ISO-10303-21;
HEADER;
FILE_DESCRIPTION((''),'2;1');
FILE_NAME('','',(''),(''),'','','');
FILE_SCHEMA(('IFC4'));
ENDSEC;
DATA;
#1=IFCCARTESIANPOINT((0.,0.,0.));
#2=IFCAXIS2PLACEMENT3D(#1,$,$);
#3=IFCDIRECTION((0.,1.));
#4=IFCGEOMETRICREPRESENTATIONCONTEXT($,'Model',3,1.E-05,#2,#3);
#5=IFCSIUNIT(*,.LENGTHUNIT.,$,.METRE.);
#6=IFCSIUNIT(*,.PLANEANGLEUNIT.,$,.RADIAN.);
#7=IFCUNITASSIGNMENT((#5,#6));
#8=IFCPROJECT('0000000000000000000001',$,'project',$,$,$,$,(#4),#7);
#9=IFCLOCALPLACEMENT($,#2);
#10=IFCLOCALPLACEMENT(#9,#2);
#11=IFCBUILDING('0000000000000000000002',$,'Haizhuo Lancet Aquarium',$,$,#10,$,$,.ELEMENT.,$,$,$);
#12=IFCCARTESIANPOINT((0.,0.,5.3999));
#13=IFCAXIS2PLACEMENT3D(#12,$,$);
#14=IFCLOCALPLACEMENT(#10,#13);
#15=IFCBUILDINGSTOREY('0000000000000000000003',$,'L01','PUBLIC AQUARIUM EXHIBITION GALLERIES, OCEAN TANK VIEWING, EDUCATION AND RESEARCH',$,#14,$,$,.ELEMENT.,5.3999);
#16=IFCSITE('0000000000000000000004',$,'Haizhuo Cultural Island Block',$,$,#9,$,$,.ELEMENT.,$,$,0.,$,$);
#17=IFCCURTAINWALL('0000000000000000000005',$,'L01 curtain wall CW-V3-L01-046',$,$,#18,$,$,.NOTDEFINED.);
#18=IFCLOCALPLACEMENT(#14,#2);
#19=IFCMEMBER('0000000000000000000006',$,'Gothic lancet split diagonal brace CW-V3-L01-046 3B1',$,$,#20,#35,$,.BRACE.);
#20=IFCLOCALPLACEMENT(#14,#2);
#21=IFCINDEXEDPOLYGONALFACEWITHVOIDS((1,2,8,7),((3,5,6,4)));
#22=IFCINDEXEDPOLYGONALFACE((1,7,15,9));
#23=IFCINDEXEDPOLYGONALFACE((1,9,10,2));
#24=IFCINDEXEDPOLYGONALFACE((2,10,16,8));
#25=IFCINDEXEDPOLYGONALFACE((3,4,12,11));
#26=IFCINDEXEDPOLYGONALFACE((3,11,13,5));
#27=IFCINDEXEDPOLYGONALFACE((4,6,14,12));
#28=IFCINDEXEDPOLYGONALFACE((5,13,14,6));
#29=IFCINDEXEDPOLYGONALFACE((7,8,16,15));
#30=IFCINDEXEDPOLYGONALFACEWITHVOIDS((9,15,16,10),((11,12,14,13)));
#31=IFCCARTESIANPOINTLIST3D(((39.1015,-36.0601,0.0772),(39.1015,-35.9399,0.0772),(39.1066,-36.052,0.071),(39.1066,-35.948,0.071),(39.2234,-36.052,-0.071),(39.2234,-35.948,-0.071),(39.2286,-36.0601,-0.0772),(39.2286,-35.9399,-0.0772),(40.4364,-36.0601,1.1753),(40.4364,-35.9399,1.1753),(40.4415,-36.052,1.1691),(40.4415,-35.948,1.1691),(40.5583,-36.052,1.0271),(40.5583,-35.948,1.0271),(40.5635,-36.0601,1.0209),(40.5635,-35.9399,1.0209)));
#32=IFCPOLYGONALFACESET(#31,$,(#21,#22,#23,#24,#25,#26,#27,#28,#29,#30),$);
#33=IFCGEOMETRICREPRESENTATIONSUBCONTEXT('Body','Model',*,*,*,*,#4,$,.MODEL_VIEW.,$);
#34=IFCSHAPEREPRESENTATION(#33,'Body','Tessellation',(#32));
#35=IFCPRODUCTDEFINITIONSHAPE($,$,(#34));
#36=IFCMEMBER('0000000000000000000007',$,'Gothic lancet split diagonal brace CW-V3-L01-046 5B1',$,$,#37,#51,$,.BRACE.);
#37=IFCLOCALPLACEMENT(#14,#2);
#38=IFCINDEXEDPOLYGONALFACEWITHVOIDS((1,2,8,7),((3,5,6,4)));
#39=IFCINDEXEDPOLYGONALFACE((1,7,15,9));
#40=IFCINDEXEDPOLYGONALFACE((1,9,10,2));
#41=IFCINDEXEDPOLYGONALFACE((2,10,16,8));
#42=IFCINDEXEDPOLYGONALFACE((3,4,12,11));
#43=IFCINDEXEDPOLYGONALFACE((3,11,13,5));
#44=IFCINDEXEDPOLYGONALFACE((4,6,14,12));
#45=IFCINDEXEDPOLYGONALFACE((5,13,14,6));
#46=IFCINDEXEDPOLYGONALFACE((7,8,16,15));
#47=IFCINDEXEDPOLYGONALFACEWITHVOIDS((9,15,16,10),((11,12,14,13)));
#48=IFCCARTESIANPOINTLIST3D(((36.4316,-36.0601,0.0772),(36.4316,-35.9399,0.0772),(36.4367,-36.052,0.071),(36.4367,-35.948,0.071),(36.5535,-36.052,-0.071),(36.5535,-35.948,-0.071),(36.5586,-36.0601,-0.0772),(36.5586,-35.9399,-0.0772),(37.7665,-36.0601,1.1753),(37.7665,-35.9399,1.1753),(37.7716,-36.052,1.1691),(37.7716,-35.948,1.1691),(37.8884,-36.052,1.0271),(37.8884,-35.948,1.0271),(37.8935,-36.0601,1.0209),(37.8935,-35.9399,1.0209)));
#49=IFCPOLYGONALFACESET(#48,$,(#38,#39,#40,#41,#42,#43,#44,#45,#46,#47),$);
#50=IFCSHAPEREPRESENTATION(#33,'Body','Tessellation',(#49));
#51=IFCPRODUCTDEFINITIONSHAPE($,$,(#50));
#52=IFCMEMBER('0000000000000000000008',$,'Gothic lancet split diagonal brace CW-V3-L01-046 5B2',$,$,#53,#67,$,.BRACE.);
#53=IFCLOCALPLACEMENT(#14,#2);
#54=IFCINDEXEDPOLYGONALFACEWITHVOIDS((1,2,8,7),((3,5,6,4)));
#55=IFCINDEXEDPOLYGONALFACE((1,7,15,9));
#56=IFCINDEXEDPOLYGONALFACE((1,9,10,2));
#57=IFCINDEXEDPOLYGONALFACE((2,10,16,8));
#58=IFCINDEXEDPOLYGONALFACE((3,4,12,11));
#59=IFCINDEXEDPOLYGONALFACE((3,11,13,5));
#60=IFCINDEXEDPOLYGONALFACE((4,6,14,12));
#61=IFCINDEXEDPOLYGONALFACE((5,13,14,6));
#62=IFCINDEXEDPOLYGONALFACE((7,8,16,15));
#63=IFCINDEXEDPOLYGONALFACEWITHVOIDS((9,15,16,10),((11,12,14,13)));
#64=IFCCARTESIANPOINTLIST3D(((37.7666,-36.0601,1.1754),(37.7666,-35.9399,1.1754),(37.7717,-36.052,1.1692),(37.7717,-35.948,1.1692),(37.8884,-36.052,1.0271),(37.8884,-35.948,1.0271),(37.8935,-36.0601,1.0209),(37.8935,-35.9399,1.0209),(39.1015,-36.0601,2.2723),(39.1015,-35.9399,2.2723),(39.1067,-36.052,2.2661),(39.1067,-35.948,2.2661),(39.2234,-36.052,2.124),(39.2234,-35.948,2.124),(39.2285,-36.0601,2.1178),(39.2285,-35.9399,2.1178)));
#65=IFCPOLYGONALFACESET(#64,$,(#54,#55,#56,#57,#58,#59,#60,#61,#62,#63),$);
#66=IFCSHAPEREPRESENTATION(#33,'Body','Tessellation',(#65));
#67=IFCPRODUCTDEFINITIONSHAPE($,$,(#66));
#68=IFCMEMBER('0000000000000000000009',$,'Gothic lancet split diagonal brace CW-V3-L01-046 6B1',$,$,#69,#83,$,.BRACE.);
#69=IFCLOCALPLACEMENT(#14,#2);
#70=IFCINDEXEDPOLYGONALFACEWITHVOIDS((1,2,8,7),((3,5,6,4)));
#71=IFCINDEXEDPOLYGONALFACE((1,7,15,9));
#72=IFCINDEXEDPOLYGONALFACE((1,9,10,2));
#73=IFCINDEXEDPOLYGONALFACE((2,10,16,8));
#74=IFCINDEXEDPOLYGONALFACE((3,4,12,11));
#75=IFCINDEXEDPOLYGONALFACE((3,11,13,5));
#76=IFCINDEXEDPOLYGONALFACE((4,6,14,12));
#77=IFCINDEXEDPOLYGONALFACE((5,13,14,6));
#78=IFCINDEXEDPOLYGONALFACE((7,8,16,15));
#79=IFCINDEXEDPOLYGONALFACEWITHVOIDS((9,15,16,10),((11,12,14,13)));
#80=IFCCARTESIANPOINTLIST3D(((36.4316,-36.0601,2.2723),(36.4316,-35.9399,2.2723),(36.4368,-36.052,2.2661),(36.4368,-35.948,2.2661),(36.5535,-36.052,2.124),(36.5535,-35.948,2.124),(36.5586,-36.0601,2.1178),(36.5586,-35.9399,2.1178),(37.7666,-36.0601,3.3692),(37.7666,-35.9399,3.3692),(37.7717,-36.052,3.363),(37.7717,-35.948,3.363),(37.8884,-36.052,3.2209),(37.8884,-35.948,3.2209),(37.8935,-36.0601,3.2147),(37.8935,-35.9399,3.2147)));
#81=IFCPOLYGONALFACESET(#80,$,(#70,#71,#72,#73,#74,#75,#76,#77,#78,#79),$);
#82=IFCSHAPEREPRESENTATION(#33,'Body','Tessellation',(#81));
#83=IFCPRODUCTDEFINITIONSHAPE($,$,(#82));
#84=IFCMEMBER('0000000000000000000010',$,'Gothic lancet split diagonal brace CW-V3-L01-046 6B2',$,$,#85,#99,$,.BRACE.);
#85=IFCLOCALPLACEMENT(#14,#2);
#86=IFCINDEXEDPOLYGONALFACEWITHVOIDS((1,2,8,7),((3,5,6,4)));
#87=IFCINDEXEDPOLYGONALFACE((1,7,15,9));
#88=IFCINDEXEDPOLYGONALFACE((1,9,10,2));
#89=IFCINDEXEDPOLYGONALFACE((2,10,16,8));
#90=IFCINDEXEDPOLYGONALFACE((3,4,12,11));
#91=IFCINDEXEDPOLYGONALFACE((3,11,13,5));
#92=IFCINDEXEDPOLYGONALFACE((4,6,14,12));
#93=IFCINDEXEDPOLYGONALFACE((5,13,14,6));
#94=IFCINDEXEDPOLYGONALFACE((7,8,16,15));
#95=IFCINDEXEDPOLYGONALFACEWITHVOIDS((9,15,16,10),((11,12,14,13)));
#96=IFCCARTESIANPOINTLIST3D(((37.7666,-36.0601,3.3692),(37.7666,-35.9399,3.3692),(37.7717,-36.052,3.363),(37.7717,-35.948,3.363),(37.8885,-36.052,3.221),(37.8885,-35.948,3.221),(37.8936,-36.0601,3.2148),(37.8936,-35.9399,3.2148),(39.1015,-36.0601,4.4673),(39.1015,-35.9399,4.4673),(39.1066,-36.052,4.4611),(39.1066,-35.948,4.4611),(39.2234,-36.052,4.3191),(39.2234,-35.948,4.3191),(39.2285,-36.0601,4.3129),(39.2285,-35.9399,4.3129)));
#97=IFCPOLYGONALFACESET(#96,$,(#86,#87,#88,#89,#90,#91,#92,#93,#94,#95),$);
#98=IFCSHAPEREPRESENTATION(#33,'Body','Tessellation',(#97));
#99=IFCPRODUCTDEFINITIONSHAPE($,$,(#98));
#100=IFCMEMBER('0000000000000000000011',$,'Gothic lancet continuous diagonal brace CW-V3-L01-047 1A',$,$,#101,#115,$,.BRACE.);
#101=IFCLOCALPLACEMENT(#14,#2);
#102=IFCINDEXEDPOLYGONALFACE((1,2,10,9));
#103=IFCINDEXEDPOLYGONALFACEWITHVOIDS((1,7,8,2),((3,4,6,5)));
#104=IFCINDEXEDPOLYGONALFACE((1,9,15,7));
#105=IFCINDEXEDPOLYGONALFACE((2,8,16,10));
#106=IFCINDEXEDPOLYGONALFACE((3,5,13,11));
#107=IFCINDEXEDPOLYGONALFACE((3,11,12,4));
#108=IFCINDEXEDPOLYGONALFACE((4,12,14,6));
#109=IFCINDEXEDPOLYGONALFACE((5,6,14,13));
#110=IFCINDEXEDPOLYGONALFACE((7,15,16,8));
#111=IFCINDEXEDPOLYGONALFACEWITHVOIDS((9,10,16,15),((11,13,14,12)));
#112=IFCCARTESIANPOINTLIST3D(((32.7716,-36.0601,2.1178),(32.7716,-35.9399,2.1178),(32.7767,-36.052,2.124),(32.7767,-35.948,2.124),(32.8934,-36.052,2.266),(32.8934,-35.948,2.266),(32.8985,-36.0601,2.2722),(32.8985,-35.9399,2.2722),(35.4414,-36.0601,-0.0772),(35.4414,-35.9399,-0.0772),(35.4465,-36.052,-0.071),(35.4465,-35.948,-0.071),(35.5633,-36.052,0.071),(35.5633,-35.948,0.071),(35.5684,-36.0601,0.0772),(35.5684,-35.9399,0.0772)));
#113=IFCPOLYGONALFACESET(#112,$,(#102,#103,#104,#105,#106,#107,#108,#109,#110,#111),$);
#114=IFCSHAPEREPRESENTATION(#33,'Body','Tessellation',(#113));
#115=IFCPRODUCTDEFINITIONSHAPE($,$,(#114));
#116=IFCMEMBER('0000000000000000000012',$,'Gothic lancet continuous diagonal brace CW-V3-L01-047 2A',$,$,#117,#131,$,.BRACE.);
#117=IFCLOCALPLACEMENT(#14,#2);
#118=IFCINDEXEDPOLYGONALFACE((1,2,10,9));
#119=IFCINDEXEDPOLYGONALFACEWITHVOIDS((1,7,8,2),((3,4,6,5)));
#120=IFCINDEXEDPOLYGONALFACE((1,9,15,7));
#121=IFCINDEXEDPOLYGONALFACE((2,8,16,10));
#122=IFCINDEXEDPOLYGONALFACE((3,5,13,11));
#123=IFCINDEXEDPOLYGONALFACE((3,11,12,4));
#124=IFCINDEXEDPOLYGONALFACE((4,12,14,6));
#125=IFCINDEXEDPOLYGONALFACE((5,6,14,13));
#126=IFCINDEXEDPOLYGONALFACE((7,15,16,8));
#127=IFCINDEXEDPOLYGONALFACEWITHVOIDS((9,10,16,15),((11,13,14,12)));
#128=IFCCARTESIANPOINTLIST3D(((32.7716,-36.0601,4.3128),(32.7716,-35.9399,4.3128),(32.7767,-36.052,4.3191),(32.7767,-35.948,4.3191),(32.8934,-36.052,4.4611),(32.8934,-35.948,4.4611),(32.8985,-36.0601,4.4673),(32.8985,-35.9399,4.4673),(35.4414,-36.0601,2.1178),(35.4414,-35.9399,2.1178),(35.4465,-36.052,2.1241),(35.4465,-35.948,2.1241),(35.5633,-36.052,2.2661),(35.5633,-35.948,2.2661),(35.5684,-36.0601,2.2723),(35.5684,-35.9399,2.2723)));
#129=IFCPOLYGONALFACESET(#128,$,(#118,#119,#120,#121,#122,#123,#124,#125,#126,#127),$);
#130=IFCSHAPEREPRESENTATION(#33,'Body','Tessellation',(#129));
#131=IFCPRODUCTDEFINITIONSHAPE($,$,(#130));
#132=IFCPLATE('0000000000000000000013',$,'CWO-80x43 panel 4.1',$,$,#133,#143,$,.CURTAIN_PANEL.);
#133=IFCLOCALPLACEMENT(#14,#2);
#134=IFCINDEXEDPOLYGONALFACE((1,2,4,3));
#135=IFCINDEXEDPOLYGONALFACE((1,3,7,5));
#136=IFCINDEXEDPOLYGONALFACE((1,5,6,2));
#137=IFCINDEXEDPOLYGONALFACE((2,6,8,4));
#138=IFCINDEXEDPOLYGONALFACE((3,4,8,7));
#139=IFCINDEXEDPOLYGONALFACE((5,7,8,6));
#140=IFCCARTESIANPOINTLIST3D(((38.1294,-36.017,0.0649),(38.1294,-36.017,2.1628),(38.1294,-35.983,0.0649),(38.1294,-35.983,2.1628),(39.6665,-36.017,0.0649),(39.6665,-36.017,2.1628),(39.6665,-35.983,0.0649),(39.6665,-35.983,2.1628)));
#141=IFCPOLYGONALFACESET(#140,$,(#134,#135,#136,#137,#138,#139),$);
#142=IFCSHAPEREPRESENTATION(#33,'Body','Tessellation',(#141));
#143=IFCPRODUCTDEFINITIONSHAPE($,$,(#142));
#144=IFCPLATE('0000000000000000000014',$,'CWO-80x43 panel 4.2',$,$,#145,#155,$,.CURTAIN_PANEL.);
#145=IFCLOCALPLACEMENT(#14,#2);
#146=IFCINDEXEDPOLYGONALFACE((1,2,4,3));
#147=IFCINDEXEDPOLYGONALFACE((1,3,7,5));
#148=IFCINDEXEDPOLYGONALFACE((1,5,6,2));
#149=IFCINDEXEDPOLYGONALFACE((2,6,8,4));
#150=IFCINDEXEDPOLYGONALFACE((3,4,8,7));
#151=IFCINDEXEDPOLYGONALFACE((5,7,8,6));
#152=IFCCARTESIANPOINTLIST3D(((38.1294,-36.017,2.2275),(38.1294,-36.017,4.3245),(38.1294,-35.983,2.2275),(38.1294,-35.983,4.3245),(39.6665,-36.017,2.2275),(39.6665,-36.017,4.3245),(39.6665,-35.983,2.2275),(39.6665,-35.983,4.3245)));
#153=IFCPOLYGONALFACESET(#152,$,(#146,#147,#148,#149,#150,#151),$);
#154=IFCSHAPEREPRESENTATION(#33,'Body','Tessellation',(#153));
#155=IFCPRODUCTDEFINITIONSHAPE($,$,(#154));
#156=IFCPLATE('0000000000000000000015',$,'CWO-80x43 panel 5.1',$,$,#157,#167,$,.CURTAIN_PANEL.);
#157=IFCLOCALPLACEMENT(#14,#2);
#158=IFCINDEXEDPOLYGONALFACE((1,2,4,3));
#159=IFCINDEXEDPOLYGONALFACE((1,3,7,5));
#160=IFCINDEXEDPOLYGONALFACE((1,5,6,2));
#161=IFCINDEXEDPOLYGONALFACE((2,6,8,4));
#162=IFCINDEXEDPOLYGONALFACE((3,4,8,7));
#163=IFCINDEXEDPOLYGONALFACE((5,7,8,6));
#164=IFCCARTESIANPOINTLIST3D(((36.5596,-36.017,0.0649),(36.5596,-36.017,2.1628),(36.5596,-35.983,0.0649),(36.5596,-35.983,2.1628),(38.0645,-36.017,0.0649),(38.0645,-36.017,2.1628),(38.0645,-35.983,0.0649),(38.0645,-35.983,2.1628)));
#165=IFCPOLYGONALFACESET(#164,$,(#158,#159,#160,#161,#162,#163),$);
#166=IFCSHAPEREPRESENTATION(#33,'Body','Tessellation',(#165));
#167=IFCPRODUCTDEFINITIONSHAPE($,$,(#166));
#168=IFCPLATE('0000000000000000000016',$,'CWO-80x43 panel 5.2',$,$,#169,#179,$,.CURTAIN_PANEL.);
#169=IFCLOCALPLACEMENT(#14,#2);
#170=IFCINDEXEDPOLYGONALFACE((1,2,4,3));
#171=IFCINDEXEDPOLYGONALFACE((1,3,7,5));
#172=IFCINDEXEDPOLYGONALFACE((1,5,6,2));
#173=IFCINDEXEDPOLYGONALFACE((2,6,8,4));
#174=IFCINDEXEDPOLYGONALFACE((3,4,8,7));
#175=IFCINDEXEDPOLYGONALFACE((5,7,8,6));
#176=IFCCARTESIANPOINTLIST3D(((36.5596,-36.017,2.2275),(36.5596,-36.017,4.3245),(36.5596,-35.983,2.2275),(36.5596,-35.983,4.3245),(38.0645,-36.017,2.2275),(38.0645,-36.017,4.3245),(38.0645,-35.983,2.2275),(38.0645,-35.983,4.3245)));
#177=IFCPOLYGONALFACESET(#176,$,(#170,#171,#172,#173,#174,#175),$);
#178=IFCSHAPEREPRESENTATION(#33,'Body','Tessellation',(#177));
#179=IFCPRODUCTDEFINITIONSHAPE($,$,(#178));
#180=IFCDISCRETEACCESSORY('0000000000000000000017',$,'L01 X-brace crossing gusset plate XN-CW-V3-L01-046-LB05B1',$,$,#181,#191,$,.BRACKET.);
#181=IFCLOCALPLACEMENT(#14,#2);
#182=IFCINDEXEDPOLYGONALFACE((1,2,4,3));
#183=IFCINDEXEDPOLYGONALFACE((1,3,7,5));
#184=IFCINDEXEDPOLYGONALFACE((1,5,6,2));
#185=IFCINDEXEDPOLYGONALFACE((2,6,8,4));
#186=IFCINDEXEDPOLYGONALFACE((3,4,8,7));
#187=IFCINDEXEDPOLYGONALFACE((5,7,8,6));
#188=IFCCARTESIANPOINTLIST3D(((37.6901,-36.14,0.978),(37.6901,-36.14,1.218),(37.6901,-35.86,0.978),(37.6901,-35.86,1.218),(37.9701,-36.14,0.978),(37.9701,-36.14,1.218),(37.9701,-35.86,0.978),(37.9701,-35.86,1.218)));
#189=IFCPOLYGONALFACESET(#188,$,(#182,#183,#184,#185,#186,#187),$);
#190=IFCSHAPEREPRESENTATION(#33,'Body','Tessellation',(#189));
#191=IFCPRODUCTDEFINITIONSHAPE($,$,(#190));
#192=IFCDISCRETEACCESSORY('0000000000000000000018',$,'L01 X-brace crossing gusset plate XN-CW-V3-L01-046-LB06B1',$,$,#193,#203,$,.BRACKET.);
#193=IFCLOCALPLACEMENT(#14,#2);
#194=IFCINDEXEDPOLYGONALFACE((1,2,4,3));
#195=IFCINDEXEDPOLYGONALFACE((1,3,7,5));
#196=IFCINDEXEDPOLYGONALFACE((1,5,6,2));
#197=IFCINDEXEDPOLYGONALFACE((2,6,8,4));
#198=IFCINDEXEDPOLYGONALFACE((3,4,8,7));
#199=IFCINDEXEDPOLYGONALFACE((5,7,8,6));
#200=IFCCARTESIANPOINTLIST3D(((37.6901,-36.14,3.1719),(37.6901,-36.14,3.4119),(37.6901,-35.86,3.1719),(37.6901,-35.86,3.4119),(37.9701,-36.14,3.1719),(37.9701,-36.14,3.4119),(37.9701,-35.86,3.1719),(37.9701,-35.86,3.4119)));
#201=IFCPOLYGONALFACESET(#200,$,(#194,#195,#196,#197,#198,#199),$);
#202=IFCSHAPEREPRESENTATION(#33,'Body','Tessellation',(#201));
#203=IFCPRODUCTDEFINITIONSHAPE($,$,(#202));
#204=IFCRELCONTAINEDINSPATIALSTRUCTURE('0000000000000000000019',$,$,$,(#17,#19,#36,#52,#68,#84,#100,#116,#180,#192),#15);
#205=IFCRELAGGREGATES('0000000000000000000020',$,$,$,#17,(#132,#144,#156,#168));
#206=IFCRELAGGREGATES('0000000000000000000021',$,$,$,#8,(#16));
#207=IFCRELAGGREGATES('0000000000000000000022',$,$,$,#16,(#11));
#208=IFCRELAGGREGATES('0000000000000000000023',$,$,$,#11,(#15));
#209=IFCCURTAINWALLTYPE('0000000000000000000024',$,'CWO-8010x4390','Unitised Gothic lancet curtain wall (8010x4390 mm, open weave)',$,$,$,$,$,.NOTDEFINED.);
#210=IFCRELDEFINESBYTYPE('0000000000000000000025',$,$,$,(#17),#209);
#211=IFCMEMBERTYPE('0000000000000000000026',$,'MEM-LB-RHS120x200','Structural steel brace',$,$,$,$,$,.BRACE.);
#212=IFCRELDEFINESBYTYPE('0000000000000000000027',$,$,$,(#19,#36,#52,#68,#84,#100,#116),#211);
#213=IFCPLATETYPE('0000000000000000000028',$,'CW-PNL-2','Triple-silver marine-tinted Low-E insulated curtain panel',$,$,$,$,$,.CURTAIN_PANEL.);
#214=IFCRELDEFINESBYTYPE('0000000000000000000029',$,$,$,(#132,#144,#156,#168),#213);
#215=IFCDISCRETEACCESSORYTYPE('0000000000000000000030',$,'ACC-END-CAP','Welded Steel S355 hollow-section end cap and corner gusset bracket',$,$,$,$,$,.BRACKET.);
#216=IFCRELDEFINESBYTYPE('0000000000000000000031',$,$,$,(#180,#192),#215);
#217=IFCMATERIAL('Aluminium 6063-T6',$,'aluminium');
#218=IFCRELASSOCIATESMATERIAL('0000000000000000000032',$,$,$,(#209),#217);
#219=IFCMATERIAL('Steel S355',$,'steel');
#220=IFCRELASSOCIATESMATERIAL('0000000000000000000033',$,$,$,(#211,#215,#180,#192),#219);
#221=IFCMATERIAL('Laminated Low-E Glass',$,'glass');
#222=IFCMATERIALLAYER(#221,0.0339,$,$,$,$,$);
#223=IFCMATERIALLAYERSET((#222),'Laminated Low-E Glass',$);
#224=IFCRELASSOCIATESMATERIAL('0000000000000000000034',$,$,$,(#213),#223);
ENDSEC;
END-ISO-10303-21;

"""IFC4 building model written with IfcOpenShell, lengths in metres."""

from ifc_helpers import new_model, si_unit, direction, frame, origin, origin_2d, place, context, subcontext, project, spatial, rectangle, hollow_rectangle, extrude, material, layer, layer_set, material_profile, profile_set, type_object, element, aggregate, save


model = new_model("IFC4")

# Units and contexts
model_context = context("Model", 3, precision=1e-05, world=origin(), true_north=direction((0.0, 1.0)))
body_context = subcontext(model_context, "Body", "Model", "MODEL_VIEW")
ifc_project = project(units=[si_unit("LENGTHUNIT", "METRE"), si_unit("PLANEANGLEUNIT", "RADIAN")], contexts=[model_context])

# Site, building, storey
site_placement = place(None, origin())
site = spatial("IfcSite", under=ifc_project, at=site_placement, Name="Haizhuo Cultural Island Block", CompositionType="ELEMENT", RefElevation=0.0)
building_placement = place(site_placement, origin())
building = spatial("IfcBuilding", under=site, at=building_placement, Name="Haizhuo Lancet Aquarium", CompositionType="ELEMENT")
storey_placement = place(building_placement, frame((0.0, 0.0, 5.3999)))
storey = spatial("IfcBuildingStorey", under=building, at=storey_placement, Name="L01", Description="PUBLIC AQUARIUM EXHIBITION GALLERIES, OCEAN TANK VIEWING, EDUCATION AND RESEARCH", CompositionType="ELEMENT", Elevation=5.3999)

# Curtain wall
ifc_material_1 = material(Name="Aluminium 6063-T6", Category="aluminium")
curtain_wall_type = type_object("IfcCurtainWallType", Name="CWO-8010x4390", Description="Unitised Gothic lancet curtain wall (8010x4390 mm, open weave)", PredefinedType="NOTDEFINED", material=ifc_material_1)
curtain_wall_1_placement = place(storey_placement, origin())
curtain_wall_1 = element("IfcCurtainWall", 1, at=curtain_wall_1_placement, inside=storey, type_object=curtain_wall_type, Name="L01 curtain wall CW-V3-L01-046", PredefinedType="NOTDEFINED")

# Members
ifc_material_2 = material(Name="Steel S355", Category="steel")
ifc_material_profile_1 = material_profile(ifc_material_2, hollow_rectangle(XDim=0.1201, YDim=0.2, WallThickness=0.0081, at=origin_2d()), Name="RHS 120x200x8")
ifc_profile_set_1 = profile_set([ifc_material_profile_1], Name="Steel S355")
member_type_1 = type_object("IfcMemberType", Name="MEM-LB-RHS120x200", Description="Structural steel brace", PredefinedType="BRACE", material=ifc_profile_set_1)
for number, where, z_axis, x_axis, name in (
    (2, (39.165, -36.0, 0.0), (0.772281, 0.0, 0.635281), (0.0, 1.0, 0.0), "Gothic lancet split diagonal brace CW-V3-L01-046 3B1"),
    (3, (36.4951, -36.0, 0.0), (0.772281, 0.0, 0.635281), (0.0, 1.0, 0.0), "Gothic lancet split diagonal brace CW-V3-L01-046 5B1"),
):
    element("IfcMember", number, at=place(storey_placement, frame(where, z_axis=z_axis, x_axis=x_axis)), inside=storey, type_object=member_type_1, Name=name, PredefinedType="BRACE", context=body_context, shape_type="SweptSolid", body=[
        extrude(hollow_rectangle(XDim=0.1201, YDim=0.2, WallThickness=0.0081, at=origin_2d()), origin(), (0.0, 0.0, 1.0), 1.7285),
    ])
for number, where, z_axis, x_axis, name in (
    (4, (37.8301, -36.0, 1.0981), (0.772627, 0.0, 0.63486), (0.0, 1.0, 0.0), "Gothic lancet split diagonal brace CW-V3-L01-046 5B2"),
    (5, (36.4951, -36.0, 2.1951), (0.772627, 0.0, 0.63486), (0.0, 1.0, 0.0), "Gothic lancet split diagonal brace CW-V3-L01-046 6B1"),
):
    element("IfcMember", number, at=place(storey_placement, frame(where, z_axis=z_axis, x_axis=x_axis)), inside=storey, type_object=member_type_1, Name=name, PredefinedType="BRACE", context=body_context, shape_type="SweptSolid", body=[
        extrude(hollow_rectangle(XDim=0.1201, YDim=0.2, WallThickness=0.0081, at=origin_2d()), origin(), (0.0, 0.0, 1.0), 1.7278),
    ])
member_1_placement = place(storey_placement, frame((37.8301, -36.0, 3.292), z_axis=(0.772281, 0.0, 0.635281), x_axis=(0.0, 1.0, 0.0)))
element("IfcMember", 6, at=member_1_placement, inside=storey, type_object=member_type_1, Name="Gothic lancet split diagonal brace CW-V3-L01-046 6B2", PredefinedType="BRACE", context=body_context, shape_type="SweptSolid", body=[
    extrude(hollow_rectangle(XDim=0.1201, YDim=0.2, WallThickness=0.0081, at=origin_2d()), origin(), (0.0, 0.0, 1.0), 1.7285),
])
for number, where, z_axis, x_axis, name in (
    (7, (35.5049, -36.0, 0.0), (-0.772454, 0.0, 0.635071), (0.0, -1.0, 0.0), "Gothic lancet continuous diagonal brace CW-V3-L01-047 1A"),
    (8, (35.5049, -36.0, 2.1951), (-0.772454, 0.0, 0.635071), (0.0, -1.0, 0.0), "Gothic lancet continuous diagonal brace CW-V3-L01-047 2A"),
):
    element("IfcMember", number, at=place(storey_placement, frame(where, z_axis=z_axis, x_axis=x_axis)), inside=storey, type_object=member_type_1, Name=name, PredefinedType="BRACE", context=body_context, shape_type="SweptSolid", body=[
        extrude(hollow_rectangle(XDim=0.1201, YDim=0.2, WallThickness=0.0081, at=origin_2d()), origin(), (0.0, 0.0, 1.0), 3.4563),
    ])

# Plates
ifc_material_3 = material(Name="Laminated Low-E Glass", Category="glass")
ifc_layer = layer(ifc_material_3, 0.0339)
ifc_layer_set = layer_set([ifc_layer], Name="Laminated Low-E Glass")
plate_type = type_object("IfcPlateType", Name="CW-PNL-2", Description="Triple-silver marine-tinted Low-E insulated curtain panel", PredefinedType="CURTAIN_PANEL", material=ifc_layer_set)
plate_1_placement = place(storey_placement, frame((38.8979, -36.0, 0.0649), z_axis=(0.0, 0.0, 1.0), x_axis=(-1.0, 0.0, 0.0)))
plate_1 = element("IfcPlate", 9, at=plate_1_placement, type_object=plate_type, Name="CWO-80x43 panel 4.1", PredefinedType="CURTAIN_PANEL", context=body_context, shape_type="SweptSolid", body=[
    extrude(rectangle(XDim=1.5371, YDim=0.0339, at=origin_2d()), origin(), (0.0, 0.0, 1.0), 2.0979),
])
plate_2_placement = place(storey_placement, frame((38.8979, -36.0, 2.2275), z_axis=(0.0, 0.0, 1.0), x_axis=(-1.0, 0.0, 0.0)))
plate_2 = element("IfcPlate", 10, at=plate_2_placement, type_object=plate_type, Name="CWO-80x43 panel 4.2", PredefinedType="CURTAIN_PANEL", context=body_context, shape_type="SweptSolid", body=[
    extrude(rectangle(XDim=1.5371, YDim=0.0339, at=origin_2d()), origin(), (0.0, 0.0, 1.0), 2.0969),
])
plate_3_placement = place(storey_placement, frame((37.312, -36.0, 0.0649), z_axis=(0.0, 0.0, 1.0), x_axis=(-1.0, 0.0, 0.0)))
plate_3 = element("IfcPlate", 11, at=plate_3_placement, type_object=plate_type, Name="CWO-80x43 panel 5.1", PredefinedType="CURTAIN_PANEL", context=body_context, shape_type="SweptSolid", body=[
    extrude(rectangle(XDim=1.5049, YDim=0.0339, at=origin_2d()), origin(), (0.0, 0.0, 1.0), 2.0979),
])
plate_4_placement = place(storey_placement, frame((37.312, -36.0, 2.2275), z_axis=(0.0, 0.0, 1.0), x_axis=(-1.0, 0.0, 0.0)))
plate_4 = element("IfcPlate", 12, at=plate_4_placement, type_object=plate_type, Name="CWO-80x43 panel 5.2", PredefinedType="CURTAIN_PANEL", context=body_context, shape_type="SweptSolid", body=[
    extrude(rectangle(XDim=1.5049, YDim=0.0339, at=origin_2d()), origin(), (0.0, 0.0, 1.0), 2.0969),
])
aggregate(curtain_wall_1, [plate_1, plate_2, plate_3, plate_4])

# Discrete accessories
discrete_accessory_type = type_object("IfcDiscreteAccessoryType", Name="ACC-END-CAP", Description="Welded Steel S355 hollow-section end cap and corner gusset bracket", PredefinedType="BRACKET", material=ifc_material_2)
for number, where, z_axis, x_axis, name in (
    (13, (37.8301, -36.0, 0.978), (0.0, 0.0, 1.0), (1.0, 0.0, 0.0), "L01 X-brace crossing gusset plate XN-CW-V3-L01-046-LB05B1"),
    (14, (37.8301, -36.0, 3.1719), (0.0, 0.0, 1.0), (1.0, 0.0, 0.0), "L01 X-brace crossing gusset plate XN-CW-V3-L01-046-LB06B1"),
):
    element("IfcDiscreteAccessory", number, at=place(storey_placement, frame(where, z_axis=z_axis, x_axis=x_axis)), inside=storey, type_object=discrete_accessory_type, material=ifc_material_2, Name=name, PredefinedType="BRACKET", context=body_context, shape_type="SweptSolid", body=[
        extrude(rectangle(XDim=0.28, YDim=0.28, at=origin_2d()), origin(), (0.0, 0.0, 1.0), 0.24),
    ])

save(model, "model.ifc")
